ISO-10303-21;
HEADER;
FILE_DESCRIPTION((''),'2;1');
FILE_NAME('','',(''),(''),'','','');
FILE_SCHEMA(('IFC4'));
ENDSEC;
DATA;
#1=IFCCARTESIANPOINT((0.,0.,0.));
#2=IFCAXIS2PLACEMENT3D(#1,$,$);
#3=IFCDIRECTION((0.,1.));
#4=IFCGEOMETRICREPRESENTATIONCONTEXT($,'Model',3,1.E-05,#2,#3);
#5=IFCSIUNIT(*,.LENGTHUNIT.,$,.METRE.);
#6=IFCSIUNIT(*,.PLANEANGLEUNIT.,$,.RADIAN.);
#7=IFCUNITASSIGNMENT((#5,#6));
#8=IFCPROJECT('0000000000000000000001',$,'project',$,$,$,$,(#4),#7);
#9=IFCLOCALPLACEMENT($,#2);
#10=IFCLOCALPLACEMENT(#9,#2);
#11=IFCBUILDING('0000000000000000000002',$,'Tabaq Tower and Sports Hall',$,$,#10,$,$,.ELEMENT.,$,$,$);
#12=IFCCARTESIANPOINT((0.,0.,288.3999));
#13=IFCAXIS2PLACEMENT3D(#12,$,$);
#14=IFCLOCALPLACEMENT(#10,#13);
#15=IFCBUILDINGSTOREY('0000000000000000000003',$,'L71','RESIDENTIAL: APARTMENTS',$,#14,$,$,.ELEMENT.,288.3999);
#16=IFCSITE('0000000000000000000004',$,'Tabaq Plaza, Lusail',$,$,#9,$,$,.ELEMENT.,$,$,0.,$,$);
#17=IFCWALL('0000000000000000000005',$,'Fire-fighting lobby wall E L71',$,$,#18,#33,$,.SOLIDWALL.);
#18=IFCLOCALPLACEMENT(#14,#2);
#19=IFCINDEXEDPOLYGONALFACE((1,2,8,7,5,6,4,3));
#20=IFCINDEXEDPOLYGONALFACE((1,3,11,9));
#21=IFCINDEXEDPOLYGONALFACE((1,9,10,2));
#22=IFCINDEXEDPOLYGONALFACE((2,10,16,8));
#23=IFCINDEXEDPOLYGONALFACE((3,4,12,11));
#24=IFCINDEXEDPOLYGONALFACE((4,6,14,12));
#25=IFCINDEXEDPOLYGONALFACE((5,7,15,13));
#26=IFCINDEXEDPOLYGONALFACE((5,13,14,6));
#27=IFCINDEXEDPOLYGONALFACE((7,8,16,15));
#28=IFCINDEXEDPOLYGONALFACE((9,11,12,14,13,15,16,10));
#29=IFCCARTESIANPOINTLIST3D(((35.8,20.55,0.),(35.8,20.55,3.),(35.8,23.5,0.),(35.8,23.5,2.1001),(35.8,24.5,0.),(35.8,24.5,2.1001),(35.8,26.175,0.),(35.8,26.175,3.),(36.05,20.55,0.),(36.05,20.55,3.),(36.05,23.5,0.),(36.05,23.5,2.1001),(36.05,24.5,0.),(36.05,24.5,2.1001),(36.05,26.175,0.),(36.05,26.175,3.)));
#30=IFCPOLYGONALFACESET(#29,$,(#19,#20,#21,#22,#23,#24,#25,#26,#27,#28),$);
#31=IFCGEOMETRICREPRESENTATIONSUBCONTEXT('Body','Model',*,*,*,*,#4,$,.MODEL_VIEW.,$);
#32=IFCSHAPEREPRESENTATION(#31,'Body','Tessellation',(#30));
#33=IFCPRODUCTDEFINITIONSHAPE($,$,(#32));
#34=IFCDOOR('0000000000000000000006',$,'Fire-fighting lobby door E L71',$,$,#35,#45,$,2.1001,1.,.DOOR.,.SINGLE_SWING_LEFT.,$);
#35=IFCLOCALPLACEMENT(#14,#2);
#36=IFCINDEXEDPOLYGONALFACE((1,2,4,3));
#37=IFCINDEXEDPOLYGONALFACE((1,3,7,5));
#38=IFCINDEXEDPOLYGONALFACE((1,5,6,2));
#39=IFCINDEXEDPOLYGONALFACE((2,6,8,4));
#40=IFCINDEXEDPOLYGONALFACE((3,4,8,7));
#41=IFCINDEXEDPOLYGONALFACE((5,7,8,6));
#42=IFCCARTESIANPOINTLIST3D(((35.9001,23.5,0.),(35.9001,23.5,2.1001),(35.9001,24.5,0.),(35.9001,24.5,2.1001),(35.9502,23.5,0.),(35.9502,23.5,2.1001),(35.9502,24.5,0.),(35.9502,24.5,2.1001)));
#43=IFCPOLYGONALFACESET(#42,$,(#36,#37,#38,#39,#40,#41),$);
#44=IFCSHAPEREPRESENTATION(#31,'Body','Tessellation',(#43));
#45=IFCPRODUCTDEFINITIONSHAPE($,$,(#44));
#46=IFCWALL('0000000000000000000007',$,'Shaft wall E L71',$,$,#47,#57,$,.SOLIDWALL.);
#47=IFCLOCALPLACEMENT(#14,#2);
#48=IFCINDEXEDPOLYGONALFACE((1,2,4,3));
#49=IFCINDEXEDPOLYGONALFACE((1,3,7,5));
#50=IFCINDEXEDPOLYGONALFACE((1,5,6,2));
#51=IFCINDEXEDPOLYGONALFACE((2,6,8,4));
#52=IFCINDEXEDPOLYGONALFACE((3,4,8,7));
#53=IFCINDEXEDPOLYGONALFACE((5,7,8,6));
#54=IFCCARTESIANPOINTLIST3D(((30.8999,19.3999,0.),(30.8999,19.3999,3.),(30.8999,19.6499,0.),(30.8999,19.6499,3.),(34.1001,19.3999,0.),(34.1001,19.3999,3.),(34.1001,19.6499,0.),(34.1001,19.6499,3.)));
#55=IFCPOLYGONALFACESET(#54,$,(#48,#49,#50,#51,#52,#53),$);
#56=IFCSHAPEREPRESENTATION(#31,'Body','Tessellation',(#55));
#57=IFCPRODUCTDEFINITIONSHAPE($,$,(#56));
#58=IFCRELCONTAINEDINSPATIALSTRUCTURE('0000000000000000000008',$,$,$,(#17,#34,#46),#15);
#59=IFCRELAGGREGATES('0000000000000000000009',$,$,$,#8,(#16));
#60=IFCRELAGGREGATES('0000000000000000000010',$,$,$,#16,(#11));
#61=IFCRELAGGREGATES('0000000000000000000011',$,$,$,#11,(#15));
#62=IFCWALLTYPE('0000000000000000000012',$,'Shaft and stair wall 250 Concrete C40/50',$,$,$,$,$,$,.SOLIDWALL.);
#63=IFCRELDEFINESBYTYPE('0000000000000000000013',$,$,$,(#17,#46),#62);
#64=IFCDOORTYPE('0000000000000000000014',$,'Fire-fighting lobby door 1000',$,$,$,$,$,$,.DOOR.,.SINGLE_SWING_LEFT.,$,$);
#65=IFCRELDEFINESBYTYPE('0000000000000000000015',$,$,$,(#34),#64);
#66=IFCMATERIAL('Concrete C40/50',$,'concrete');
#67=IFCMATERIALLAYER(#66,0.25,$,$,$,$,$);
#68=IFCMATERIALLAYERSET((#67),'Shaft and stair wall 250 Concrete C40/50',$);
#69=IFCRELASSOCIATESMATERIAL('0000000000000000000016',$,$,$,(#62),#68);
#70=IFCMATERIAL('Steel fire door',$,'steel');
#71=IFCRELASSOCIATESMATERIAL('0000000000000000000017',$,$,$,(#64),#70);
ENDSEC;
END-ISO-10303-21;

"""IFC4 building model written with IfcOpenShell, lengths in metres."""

from ifc_helpers import new_model, si_unit, direction, frame, frame_2d, origin, place, context, subcontext, project, spatial, rectangle, extrude, material, layer, layer_set, type_object, element, fill, save


model = new_model("IFC4")

# Units and contexts
model_context = context("Model", 3, precision=1e-05, world=origin(), true_north=direction((0.0, 1.0)))
body_context = subcontext(model_context, "Body", "Model", "MODEL_VIEW")
ifc_project = project(units=[si_unit("LENGTHUNIT", "METRE"), si_unit("PLANEANGLEUNIT", "RADIAN")], contexts=[model_context])

# Site, building, storey
site_placement = place(None, origin())
site = spatial("IfcSite", under=ifc_project, at=site_placement, Name="Tabaq Plaza, Lusail", CompositionType="ELEMENT", RefElevation=0.0)
building_placement = place(site_placement, origin())
building = spatial("IfcBuilding", under=site, at=building_placement, Name="Tabaq Tower and Sports Hall", CompositionType="ELEMENT")
storey_placement = place(building_placement, frame((0.0, 0.0, 288.3999)))
storey = spatial("IfcBuildingStorey", under=building, at=storey_placement, Name="L71", Description="RESIDENTIAL: APARTMENTS", CompositionType="ELEMENT", Elevation=288.3999)

# Shared definitions
ifc_material_1 = material(Name="Concrete C40/50", Category="concrete")
ifc_layer_1 = layer(ifc_material_1, 0.25)
ifc_layer_set_1 = layer_set([ifc_layer_1], Name="Shaft and stair wall 250 Concrete C40/50")
wall_type_1 = type_object("IfcWallType", Name="Shaft and stair wall 250 Concrete C40/50", PredefinedType="SOLIDWALL", material=ifc_layer_set_1)

# Wall, opening, door
wall_1_placement = place(storey_placement, frame((35.925, 20.55, 0.0), z_axis=(0.0, 0.0, 1.0), x_axis=(0.0, 1.0, 0.0)))
wall_1 = element("IfcWall", 1, at=wall_1_placement, inside=storey, type_object=wall_type_1, Name="Fire-fighting lobby wall E L71", PredefinedType="SOLIDWALL", context=body_context, shape_type="SweptSolid", body=[
    extrude(rectangle(XDim=5.625, YDim=0.25, at=frame_2d((2.8125, 0.0))), origin(), (0.0, 0.0, 1.0), 3.0),
])
opening_1_placement = place(wall_1_placement, frame((2.95, 0.0, 0.0)))
opening_1 = element("IfcOpeningElement", 2, at=opening_1_placement, cuts=wall_1, PredefinedType="OPENING", context=body_context, shape_type="SweptSolid", body=[
    extrude(rectangle(XDim=1.0, YDim=2.1001, at=frame_2d((0.5, 1.05))), frame((0.0, 0.125, 0.0), z_axis=(0.0, -1.0, 0.0), x_axis=(1.0, 0.0, 0.0)), (0.0, 0.0, 1.0), 0.25),
])
ifc_material_2 = material(Name="Steel fire door", Category="steel")
door_type_1 = type_object("IfcDoorType", Name="Fire-fighting lobby door 1000", OperationType="SINGLE_SWING_LEFT", PredefinedType="DOOR", material=ifc_material_2)
door_1_placement = place(opening_1_placement, origin())
door_1 = element("IfcDoor", 3, at=door_1_placement, inside=storey, type_object=door_type_1, Name="Fire-fighting lobby door E L71", OperationType="SINGLE_SWING_LEFT", OverallHeight=2.1001, OverallWidth=1.0, PredefinedType="DOOR", context=body_context, shape_type="SweptSolid", body=[
    extrude(rectangle(XDim=1.0, YDim=2.1001, at=frame_2d((0.5, 1.05))), frame((0.0, 0.0249, 0.0), z_axis=(0.0, -1.0, 0.0), x_axis=(1.0, 0.0, 0.0)), (0.0, 0.0, 1.0), 0.05),
])
fill(opening_1, door_1)

# Wall
wall_2_placement = place(storey_placement, frame((30.8999, 19.5249, 0.0), z_axis=(0.0, 0.0, 1.0), x_axis=(1.0, 0.0, 0.0)))
element("IfcWall", 4, at=wall_2_placement, inside=storey, type_object=wall_type_1, Name="Shaft wall E L71", PredefinedType="SOLIDWALL", context=body_context, shape_type="SweptSolid", body=[
    extrude(rectangle(XDim=3.2002, YDim=0.25, at=frame_2d((1.6001, 0.0))), origin(), (0.0, 0.0, 1.0), 3.0),
])

save(model, "model.ifc")
